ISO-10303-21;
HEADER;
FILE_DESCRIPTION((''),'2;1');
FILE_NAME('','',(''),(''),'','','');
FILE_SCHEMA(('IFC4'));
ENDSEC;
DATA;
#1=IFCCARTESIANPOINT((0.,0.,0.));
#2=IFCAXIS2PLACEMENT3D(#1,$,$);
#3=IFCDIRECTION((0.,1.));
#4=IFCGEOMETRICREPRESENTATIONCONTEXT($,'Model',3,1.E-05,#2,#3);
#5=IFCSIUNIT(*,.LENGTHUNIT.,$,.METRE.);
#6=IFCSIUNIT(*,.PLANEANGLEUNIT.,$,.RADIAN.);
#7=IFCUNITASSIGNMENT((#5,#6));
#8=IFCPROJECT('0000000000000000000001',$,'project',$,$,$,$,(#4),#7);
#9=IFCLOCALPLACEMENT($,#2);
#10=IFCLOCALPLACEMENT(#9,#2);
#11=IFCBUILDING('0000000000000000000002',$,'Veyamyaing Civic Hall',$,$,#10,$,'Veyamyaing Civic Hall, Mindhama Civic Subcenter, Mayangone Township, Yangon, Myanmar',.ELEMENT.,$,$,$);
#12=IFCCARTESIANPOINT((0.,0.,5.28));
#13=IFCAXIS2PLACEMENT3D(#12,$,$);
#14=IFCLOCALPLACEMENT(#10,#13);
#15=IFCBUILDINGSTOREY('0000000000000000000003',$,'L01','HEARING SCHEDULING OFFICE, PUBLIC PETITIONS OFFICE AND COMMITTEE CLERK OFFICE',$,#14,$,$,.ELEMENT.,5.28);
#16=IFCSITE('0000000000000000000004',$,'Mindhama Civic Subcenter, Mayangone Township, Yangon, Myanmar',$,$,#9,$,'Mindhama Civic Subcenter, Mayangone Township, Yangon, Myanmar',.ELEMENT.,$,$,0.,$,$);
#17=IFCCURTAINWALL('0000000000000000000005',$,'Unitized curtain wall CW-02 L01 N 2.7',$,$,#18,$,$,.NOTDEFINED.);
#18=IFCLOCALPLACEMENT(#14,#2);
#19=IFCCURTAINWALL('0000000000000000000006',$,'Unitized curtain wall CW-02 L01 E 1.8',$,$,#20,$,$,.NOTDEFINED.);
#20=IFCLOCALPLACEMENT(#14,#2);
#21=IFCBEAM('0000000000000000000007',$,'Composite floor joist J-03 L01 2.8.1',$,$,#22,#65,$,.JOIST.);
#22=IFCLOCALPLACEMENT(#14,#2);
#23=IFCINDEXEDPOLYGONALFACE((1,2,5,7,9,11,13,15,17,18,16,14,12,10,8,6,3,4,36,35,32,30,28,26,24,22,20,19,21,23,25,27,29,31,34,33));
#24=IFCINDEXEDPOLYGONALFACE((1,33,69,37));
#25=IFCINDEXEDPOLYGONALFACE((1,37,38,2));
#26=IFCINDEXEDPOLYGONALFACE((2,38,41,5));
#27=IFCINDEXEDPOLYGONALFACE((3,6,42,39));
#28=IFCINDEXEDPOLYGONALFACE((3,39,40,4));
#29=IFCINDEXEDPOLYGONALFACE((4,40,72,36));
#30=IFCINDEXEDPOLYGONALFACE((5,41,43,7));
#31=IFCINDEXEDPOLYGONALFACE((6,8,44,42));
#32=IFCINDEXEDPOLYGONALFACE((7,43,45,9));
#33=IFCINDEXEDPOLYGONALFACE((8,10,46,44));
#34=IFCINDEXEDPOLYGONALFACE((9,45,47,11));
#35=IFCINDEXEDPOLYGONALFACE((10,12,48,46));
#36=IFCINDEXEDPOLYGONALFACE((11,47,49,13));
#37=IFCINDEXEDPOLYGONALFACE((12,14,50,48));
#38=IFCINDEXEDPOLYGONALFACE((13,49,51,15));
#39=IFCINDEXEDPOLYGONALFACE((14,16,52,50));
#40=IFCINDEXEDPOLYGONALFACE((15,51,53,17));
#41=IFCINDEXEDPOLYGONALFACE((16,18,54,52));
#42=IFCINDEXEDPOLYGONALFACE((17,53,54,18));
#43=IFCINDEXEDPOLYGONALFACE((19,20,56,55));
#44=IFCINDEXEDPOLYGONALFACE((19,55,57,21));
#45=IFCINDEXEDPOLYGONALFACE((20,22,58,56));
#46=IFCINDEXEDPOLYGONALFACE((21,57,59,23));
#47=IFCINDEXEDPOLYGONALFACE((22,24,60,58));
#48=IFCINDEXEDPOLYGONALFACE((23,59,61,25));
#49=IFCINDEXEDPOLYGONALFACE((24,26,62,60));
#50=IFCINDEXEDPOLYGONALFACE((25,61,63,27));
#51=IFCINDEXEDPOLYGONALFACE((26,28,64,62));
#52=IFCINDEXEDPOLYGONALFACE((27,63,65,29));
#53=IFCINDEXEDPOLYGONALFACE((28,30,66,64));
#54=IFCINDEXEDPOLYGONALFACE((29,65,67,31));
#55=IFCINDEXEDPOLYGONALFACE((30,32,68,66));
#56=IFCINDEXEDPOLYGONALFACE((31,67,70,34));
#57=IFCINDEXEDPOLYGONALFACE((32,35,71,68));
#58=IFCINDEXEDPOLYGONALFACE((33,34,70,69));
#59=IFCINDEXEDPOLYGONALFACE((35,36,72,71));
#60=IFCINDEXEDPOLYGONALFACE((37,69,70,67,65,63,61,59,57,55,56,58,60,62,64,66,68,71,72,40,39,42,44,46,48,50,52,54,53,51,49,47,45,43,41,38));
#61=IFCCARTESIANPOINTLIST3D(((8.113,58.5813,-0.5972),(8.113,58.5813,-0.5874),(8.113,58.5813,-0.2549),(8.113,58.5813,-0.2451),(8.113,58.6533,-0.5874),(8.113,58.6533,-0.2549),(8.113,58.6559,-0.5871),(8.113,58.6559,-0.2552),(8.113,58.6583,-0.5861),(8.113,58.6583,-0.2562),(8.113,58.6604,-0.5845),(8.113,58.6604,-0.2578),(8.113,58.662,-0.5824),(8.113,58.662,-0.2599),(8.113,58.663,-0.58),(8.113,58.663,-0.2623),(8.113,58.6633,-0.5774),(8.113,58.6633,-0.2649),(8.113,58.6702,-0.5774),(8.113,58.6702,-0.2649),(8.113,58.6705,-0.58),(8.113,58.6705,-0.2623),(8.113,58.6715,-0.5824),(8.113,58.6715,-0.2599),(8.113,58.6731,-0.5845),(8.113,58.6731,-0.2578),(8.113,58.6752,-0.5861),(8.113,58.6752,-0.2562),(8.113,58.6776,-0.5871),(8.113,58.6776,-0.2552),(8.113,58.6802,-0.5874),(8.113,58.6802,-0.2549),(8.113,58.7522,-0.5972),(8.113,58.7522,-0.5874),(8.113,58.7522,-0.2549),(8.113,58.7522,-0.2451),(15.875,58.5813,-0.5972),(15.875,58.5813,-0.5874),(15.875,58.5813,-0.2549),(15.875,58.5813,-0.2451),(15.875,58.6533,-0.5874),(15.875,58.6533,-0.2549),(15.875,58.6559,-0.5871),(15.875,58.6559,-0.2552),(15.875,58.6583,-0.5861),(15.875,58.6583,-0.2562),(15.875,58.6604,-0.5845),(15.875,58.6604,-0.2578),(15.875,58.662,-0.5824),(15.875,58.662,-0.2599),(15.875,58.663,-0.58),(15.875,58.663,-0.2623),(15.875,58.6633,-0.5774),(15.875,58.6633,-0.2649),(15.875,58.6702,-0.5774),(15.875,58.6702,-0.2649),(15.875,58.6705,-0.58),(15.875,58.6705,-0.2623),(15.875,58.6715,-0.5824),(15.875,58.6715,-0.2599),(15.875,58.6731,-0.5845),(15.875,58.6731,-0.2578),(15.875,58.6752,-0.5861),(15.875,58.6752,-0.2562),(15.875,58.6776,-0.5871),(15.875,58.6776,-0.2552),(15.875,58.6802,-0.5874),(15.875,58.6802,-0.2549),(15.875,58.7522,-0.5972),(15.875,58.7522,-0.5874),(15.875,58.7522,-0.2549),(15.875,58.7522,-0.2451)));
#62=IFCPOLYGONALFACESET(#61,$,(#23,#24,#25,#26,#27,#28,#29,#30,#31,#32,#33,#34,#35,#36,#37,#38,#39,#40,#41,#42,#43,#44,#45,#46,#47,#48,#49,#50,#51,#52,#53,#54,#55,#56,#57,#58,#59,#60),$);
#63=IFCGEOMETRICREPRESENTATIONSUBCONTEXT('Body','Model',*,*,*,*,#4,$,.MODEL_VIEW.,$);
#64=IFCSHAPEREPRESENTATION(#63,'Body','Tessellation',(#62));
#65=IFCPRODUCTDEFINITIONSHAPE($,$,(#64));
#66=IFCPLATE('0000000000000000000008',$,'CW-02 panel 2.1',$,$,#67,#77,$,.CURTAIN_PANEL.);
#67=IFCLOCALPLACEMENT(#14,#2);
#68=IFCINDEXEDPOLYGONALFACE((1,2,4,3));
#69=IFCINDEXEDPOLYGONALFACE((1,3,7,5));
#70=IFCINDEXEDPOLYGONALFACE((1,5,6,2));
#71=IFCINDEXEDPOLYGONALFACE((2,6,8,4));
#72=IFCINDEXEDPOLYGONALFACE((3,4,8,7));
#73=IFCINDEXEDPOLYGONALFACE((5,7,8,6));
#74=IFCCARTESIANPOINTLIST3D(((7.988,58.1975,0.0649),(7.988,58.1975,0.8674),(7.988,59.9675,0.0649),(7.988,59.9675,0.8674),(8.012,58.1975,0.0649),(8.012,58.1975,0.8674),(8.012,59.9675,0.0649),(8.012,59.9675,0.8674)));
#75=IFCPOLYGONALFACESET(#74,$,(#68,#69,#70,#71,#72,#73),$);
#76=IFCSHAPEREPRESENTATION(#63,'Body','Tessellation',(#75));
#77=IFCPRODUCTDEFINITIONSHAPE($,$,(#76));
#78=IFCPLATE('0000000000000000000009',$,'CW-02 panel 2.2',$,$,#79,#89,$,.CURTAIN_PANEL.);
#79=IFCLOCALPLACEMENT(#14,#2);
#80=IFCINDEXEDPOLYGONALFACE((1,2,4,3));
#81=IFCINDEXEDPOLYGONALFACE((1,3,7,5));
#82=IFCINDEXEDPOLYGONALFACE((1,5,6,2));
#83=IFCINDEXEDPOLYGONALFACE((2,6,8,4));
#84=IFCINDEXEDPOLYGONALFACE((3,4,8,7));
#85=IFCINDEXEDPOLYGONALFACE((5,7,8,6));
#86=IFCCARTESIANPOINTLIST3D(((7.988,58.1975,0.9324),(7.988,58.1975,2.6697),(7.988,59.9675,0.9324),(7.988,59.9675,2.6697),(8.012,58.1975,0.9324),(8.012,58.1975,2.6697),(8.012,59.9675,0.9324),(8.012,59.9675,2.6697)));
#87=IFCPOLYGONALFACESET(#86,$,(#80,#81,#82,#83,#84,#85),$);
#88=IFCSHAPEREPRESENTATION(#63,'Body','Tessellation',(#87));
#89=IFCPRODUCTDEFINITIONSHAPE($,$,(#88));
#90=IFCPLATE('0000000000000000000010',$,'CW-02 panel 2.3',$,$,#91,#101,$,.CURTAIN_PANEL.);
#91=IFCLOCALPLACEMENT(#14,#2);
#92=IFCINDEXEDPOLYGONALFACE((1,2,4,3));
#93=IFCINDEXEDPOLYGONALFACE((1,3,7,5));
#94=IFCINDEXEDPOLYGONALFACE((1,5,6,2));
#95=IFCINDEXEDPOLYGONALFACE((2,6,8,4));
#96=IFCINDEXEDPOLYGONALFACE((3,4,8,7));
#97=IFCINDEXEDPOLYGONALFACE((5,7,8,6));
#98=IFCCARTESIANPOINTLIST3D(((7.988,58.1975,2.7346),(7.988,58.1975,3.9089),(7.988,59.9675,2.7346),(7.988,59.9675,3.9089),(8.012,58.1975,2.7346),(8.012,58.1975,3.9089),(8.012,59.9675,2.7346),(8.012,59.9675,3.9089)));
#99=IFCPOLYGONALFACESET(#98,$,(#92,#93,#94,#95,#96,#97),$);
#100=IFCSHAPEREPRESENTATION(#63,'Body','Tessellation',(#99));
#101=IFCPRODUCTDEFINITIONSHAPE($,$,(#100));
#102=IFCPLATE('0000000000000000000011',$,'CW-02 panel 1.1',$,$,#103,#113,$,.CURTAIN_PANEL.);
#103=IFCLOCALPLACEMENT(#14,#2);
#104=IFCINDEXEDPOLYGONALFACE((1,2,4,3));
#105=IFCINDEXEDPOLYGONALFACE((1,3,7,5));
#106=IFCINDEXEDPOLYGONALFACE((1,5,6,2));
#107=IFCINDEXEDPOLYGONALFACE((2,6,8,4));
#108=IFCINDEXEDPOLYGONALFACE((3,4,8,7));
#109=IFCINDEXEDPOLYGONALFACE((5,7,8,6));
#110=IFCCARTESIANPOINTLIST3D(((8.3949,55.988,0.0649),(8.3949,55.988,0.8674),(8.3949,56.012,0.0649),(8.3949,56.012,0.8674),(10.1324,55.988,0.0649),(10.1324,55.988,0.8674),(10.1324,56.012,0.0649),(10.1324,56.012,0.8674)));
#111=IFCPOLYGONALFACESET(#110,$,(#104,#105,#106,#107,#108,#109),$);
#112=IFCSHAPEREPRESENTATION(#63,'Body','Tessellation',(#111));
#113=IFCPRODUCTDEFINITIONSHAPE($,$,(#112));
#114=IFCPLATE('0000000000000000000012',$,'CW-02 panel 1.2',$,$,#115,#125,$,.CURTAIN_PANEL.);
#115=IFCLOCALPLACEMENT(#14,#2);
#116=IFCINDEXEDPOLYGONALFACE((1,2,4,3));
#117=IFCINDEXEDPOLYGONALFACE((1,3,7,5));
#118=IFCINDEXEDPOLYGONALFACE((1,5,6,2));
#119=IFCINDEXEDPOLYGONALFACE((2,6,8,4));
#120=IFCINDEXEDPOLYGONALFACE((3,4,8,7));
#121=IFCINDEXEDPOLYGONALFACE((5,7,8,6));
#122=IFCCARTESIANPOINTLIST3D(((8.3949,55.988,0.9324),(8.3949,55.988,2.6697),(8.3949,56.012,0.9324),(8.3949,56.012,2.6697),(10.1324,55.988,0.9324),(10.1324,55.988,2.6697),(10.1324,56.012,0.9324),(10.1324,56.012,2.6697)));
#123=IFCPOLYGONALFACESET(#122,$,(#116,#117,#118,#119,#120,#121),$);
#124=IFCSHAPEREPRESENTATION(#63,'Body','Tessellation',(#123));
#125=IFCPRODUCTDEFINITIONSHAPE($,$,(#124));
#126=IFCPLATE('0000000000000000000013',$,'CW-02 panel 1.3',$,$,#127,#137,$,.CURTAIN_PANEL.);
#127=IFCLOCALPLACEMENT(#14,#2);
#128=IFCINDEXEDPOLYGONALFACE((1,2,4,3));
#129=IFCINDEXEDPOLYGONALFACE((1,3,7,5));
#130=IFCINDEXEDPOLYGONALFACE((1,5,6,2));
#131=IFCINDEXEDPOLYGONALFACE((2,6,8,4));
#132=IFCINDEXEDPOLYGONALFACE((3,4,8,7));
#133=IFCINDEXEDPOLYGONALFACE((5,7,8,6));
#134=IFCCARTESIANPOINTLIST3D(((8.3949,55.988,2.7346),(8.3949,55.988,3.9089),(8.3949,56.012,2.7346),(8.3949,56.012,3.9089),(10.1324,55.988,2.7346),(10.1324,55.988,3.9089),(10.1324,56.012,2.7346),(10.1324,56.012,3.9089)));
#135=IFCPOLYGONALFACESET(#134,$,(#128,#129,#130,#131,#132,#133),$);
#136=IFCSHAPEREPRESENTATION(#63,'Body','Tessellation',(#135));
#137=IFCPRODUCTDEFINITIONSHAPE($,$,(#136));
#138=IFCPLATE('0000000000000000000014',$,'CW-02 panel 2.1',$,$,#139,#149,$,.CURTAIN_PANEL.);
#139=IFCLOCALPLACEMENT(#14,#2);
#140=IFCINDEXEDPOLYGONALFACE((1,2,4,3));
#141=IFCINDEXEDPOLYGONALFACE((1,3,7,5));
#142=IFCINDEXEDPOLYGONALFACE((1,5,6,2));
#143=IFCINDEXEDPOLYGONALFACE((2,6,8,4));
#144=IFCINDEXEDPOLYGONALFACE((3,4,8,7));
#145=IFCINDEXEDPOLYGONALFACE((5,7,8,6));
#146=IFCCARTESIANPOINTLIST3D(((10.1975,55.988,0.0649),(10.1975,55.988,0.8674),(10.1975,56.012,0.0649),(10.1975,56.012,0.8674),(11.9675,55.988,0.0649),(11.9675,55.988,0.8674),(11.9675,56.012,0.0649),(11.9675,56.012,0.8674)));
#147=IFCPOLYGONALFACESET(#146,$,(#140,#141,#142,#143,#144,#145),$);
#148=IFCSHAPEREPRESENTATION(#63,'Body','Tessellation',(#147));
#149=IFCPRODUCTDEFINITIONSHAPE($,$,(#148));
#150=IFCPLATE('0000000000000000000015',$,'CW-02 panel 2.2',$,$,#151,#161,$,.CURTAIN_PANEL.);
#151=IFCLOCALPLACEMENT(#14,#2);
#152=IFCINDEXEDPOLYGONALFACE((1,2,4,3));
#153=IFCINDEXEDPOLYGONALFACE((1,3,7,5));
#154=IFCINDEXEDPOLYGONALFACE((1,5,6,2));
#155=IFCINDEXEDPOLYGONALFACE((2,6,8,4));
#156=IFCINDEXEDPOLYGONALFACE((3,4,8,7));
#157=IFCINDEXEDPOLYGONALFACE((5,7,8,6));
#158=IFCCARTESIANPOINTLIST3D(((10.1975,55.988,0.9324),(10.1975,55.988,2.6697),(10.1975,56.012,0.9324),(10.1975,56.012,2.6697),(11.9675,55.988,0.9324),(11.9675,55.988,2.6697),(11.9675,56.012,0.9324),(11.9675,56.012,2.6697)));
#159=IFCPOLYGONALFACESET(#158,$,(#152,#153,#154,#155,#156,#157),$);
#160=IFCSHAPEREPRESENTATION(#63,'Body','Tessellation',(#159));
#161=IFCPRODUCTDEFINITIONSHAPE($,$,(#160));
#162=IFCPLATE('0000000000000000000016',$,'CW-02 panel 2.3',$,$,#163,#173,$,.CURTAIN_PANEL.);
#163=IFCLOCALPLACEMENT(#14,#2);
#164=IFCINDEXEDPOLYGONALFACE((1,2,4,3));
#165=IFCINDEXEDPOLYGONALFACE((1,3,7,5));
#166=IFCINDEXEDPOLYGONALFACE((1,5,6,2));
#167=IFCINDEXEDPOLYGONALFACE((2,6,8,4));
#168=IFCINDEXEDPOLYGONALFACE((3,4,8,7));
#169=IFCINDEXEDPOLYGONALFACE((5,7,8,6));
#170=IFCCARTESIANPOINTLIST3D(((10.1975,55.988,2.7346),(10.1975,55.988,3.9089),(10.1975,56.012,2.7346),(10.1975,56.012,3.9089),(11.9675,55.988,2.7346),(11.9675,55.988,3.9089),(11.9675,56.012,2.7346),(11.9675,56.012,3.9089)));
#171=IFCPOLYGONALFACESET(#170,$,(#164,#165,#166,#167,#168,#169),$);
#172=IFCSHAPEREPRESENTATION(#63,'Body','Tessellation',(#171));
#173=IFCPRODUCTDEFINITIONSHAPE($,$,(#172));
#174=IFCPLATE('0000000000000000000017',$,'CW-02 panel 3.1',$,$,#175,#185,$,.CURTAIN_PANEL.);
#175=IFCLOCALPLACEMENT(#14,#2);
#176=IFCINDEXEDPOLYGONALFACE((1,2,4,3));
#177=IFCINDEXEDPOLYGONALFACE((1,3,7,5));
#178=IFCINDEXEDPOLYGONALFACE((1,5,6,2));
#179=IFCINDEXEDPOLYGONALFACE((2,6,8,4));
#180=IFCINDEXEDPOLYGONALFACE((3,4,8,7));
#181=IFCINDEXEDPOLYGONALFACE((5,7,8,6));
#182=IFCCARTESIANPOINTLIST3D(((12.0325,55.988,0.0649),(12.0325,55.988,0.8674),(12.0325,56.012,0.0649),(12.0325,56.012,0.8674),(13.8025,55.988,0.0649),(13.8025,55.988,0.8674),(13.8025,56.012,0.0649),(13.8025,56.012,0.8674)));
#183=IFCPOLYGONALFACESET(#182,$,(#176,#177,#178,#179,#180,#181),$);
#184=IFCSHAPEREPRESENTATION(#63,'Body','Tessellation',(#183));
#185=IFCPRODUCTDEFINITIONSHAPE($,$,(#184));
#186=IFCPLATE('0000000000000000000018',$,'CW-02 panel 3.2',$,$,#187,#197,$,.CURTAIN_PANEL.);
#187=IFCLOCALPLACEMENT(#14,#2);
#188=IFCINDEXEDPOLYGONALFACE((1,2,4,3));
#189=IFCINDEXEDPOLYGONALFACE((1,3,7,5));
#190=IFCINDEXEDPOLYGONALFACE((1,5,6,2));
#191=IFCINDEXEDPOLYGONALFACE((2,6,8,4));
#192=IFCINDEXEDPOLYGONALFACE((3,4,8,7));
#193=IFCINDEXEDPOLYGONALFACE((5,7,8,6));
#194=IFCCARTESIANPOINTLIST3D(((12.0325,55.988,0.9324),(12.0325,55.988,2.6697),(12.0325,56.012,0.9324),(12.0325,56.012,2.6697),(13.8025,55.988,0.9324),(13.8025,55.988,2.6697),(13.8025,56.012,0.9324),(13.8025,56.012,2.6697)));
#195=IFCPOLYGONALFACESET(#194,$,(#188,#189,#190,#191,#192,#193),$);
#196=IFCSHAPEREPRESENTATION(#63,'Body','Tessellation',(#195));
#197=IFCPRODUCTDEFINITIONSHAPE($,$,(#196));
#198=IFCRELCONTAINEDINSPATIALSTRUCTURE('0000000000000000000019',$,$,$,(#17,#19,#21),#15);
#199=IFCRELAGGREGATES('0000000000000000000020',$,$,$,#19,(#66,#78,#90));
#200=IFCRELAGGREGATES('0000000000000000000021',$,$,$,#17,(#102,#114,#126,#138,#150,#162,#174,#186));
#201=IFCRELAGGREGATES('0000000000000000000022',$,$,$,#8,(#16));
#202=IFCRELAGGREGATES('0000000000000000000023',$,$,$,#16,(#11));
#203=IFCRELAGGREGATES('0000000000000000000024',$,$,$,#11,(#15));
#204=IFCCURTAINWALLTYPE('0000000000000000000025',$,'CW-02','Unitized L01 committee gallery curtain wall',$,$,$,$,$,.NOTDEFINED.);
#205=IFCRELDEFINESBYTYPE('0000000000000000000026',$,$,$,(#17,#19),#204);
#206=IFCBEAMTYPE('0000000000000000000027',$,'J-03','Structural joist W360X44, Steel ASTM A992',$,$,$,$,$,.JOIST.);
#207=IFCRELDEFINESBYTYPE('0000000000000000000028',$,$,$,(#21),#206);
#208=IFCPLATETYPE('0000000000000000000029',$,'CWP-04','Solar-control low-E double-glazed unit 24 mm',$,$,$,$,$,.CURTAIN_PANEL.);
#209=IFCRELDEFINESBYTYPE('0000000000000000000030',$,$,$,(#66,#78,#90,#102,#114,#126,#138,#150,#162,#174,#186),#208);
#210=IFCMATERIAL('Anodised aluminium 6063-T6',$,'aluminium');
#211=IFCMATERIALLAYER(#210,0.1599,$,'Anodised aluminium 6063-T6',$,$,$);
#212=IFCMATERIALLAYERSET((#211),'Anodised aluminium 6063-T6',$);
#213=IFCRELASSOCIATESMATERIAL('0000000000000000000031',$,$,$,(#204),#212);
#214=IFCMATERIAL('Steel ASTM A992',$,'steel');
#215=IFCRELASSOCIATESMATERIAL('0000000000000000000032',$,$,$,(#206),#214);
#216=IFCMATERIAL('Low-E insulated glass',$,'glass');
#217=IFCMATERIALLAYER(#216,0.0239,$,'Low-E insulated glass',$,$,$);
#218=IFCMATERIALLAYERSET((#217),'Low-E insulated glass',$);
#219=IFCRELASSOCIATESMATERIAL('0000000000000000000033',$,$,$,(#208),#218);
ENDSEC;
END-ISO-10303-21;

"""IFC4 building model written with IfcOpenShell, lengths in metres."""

from ifc_helpers import new_model, si_unit, direction, frame, origin, origin_2d, place, context, subcontext, project, spatial, rectangle, i_section, extrude, material, layer, layer_set, material_profile, profile_set, type_object, element, aggregate, save


model = new_model("IFC4")

# Units and contexts
model_context = context("Model", 3, precision=1e-05, world=origin(), true_north=direction((0.0, 1.0)))
body_context = subcontext(model_context, "Body", "Model", "MODEL_VIEW")
ifc_project = project(units=[si_unit("LENGTHUNIT", "METRE"), si_unit("PLANEANGLEUNIT", "RADIAN")], contexts=[model_context])

# Site, building, storey
site_placement = place(None, origin())
site = spatial("IfcSite", under=ifc_project, at=site_placement, Name="Mindhama Civic Subcenter, Mayangone Township, Yangon, Myanmar", LongName="Mindhama Civic Subcenter, Mayangone Township, Yangon, Myanmar", CompositionType="ELEMENT", RefElevation=0.0)
building_placement = place(site_placement, origin())
building = spatial("IfcBuilding", under=site, at=building_placement, Name="Veyamyaing Civic Hall", LongName="Veyamyaing Civic Hall, Mindhama Civic Subcenter, Mayangone Township, Yangon, Myanmar", CompositionType="ELEMENT")
storey_placement = place(building_placement, frame((0.0, 0.0, 5.28)))
storey = spatial("IfcBuildingStorey", under=building, at=storey_placement, Name="L01", Description="HEARING SCHEDULING OFFICE, PUBLIC PETITIONS OFFICE AND COMMITTEE CLERK OFFICE", CompositionType="ELEMENT", Elevation=5.28)

# Shared definitions
ifc_material_1 = material(Name="Steel ASTM A992", Category="steel")

# Curtain walls
ifc_material_2 = material(Name="Anodised aluminium 6063-T6", Category="aluminium")
ifc_layer_1 = layer(ifc_material_2, 0.1599, Name="Anodised aluminium 6063-T6")
ifc_layer_set_1 = layer_set([ifc_layer_1], Name="Anodised aluminium 6063-T6")
curtain_wall_type = type_object("IfcCurtainWallType", Name="CW-02", Description="Unitized L01 committee gallery curtain wall", PredefinedType="NOTDEFINED", material=ifc_layer_set_1)
curtain_wall_1_placement = place(storey_placement, origin())
curtain_wall_1 = element("IfcCurtainWall", 1, at=curtain_wall_1_placement, inside=storey, type_object=curtain_wall_type, Name="Unitized curtain wall CW-02 L01 N 2.7", PredefinedType="NOTDEFINED")
curtain_wall_2_placement = place(storey_placement, origin())
curtain_wall_2 = element("IfcCurtainWall", 2, at=curtain_wall_2_placement, inside=storey, type_object=curtain_wall_type, Name="Unitized curtain wall CW-02 L01 E 1.8", PredefinedType="NOTDEFINED")

# Beam
ifc_material_profile_1 = material_profile(ifc_material_1, i_section(OverallWidth=0.1709, OverallDepth=0.3521, WebThickness=0.0068, FlangeThickness=0.0098, FilletRadius=0.01, at=origin_2d()), Name="W360X44")
ifc_profile_set_1 = profile_set([ifc_material_profile_1], Name="Steel ASTM A992")
beam_type_1 = type_object("IfcBeamType", Name="J-03", Description="Structural joist W360X44, Steel ASTM A992", PredefinedType="JOIST", material=ifc_profile_set_1)
beam_1_placement = place(storey_placement, frame((8.113, 58.6667, -0.4211), z_axis=(1.0, 0.0, 0.0), x_axis=(0.0, 1.0, 0.0)))
element("IfcBeam", 3, at=beam_1_placement, inside=storey, type_object=beam_type_1, Name="Composite floor joist J-03 L01 2.8.1", PredefinedType="JOIST", context=body_context, shape_type="SweptSolid", body=[
    extrude(i_section(OverallWidth=0.1709, OverallDepth=0.3521, WebThickness=0.0068, FlangeThickness=0.0098, FilletRadius=0.01, at=origin_2d()), origin(), (0.0, 0.0, 1.0), 7.762),
])

# Plates
ifc_material_3 = material(Name="Low-E insulated glass", Category="glass")
ifc_layer_2 = layer(ifc_material_3, 0.0239, Name="Low-E insulated glass")
ifc_layer_set_2 = layer_set([ifc_layer_2], Name="Low-E insulated glass")
plate_type = type_object("IfcPlateType", Name="CWP-04", Description="Solar-control low-E double-glazed unit 24 mm", PredefinedType="CURTAIN_PANEL", material=ifc_layer_set_2)
plate_1_placement = place(storey_placement, frame((8.0, 59.0825, 0.0649), z_axis=(0.0, 0.0, 1.0), x_axis=(0.0, 1.0, 0.0)))
plate_1 = element("IfcPlate", 4, at=plate_1_placement, type_object=plate_type, Name="CW-02 panel 2.1", PredefinedType="CURTAIN_PANEL", context=body_context, shape_type="SweptSolid", body=[
    extrude(rectangle(XDim=1.77, YDim=0.0239, at=origin_2d()), origin(), (0.0, 0.0, 1.0), 0.8025),
])
plate_2_placement = place(storey_placement, frame((8.0, 59.0825, 0.9324), z_axis=(0.0, 0.0, 1.0), x_axis=(0.0, 1.0, 0.0)))
plate_2 = element("IfcPlate", 5, at=plate_2_placement, type_object=plate_type, Name="CW-02 panel 2.2", PredefinedType="CURTAIN_PANEL", context=body_context, shape_type="SweptSolid", body=[
    extrude(rectangle(XDim=1.77, YDim=0.0239, at=origin_2d()), origin(), (0.0, 0.0, 1.0), 1.7373),
])
plate_3_placement = place(storey_placement, frame((8.0, 59.0825, 2.7346), z_axis=(0.0, 0.0, 1.0), x_axis=(0.0, 1.0, 0.0)))
plate_3 = element("IfcPlate", 6, at=plate_3_placement, type_object=plate_type, Name="CW-02 panel 2.3", PredefinedType="CURTAIN_PANEL", context=body_context, shape_type="SweptSolid", body=[
    extrude(rectangle(XDim=1.77, YDim=0.0239, at=origin_2d()), origin(), (0.0, 0.0, 1.0), 1.1743),
])
aggregate(curtain_wall_2, [plate_1, plate_2, plate_3])
plate_4_placement = place(storey_placement, frame((9.2637, 56.0, 0.0649), z_axis=(0.0, 0.0, 1.0), x_axis=(1.0, 0.0, 0.0)))
plate_4 = element("IfcPlate", 7, at=plate_4_placement, type_object=plate_type, Name="CW-02 panel 1.1", PredefinedType="CURTAIN_PANEL", context=body_context, shape_type="SweptSolid", body=[
    extrude(rectangle(XDim=1.7375, YDim=0.0239, at=origin_2d()), origin(), (0.0, 0.0, 1.0), 0.8025),
])
plate_5_placement = place(storey_placement, frame((9.2637, 56.0, 0.9324), z_axis=(0.0, 0.0, 1.0), x_axis=(1.0, 0.0, 0.0)))
plate_5 = element("IfcPlate", 8, at=plate_5_placement, type_object=plate_type, Name="CW-02 panel 1.2", PredefinedType="CURTAIN_PANEL", context=body_context, shape_type="SweptSolid", body=[
    extrude(rectangle(XDim=1.7375, YDim=0.0239, at=origin_2d()), origin(), (0.0, 0.0, 1.0), 1.7373),
])
plate_6_placement = place(storey_placement, frame((9.2637, 56.0, 2.7346), z_axis=(0.0, 0.0, 1.0), x_axis=(1.0, 0.0, 0.0)))
plate_6 = element("IfcPlate", 9, at=plate_6_placement, type_object=plate_type, Name="CW-02 panel 1.3", PredefinedType="CURTAIN_PANEL", context=body_context, shape_type="SweptSolid", body=[
    extrude(rectangle(XDim=1.7375, YDim=0.0239, at=origin_2d()), origin(), (0.0, 0.0, 1.0), 1.1743),
])
plate_7_placement = place(storey_placement, frame((11.0825, 56.0, 0.0649), z_axis=(0.0, 0.0, 1.0), x_axis=(1.0, 0.0, 0.0)))
plate_7 = element("IfcPlate", 10, at=plate_7_placement, type_object=plate_type, Name="CW-02 panel 2.1", PredefinedType="CURTAIN_PANEL", context=body_context, shape_type="SweptSolid", body=[
    extrude(rectangle(XDim=1.77, YDim=0.0239, at=origin_2d()), origin(), (0.0, 0.0, 1.0), 0.8025),
])
plate_8_placement = place(storey_placement, frame((11.0825, 56.0, 0.9324), z_axis=(0.0, 0.0, 1.0), x_axis=(1.0, 0.0, 0.0)))
plate_8 = element("IfcPlate", 11, at=plate_8_placement, type_object=plate_type, Name="CW-02 panel 2.2", PredefinedType="CURTAIN_PANEL", context=body_context, shape_type="SweptSolid", body=[
    extrude(rectangle(XDim=1.77, YDim=0.0239, at=origin_2d()), origin(), (0.0, 0.0, 1.0), 1.7373),
])
plate_9_placement = place(storey_placement, frame((11.0825, 56.0, 2.7346), z_axis=(0.0, 0.0, 1.0), x_axis=(1.0, 0.0, 0.0)))
plate_9 = element("IfcPlate", 12, at=plate_9_placement, type_object=plate_type, Name="CW-02 panel 2.3", PredefinedType="CURTAIN_PANEL", context=body_context, shape_type="SweptSolid", body=[
    extrude(rectangle(XDim=1.77, YDim=0.0239, at=origin_2d()), origin(), (0.0, 0.0, 1.0), 1.1743),
])
plate_10_placement = place(storey_placement, frame((12.9175, 56.0, 0.0649), z_axis=(0.0, 0.0, 1.0), x_axis=(1.0, 0.0, 0.0)))
plate_10 = element("IfcPlate", 13, at=plate_10_placement, type_object=plate_type, Name="CW-02 panel 3.1", PredefinedType="CURTAIN_PANEL", context=body_context, shape_type="SweptSolid", body=[
    extrude(rectangle(XDim=1.77, YDim=0.0239, at=origin_2d()), origin(), (0.0, 0.0, 1.0), 0.8025),
])
plate_11_placement = place(storey_placement, frame((12.9175, 56.0, 0.9324), z_axis=(0.0, 0.0, 1.0), x_axis=(1.0, 0.0, 0.0)))
plate_11 = element("IfcPlate", 14, at=plate_11_placement, type_object=plate_type, Name="CW-02 panel 3.2", PredefinedType="CURTAIN_PANEL", context=body_context, shape_type="SweptSolid", body=[
    extrude(rectangle(XDim=1.77, YDim=0.0239, at=origin_2d()), origin(), (0.0, 0.0, 1.0), 1.7373),
])
aggregate(curtain_wall_1, [plate_4, plate_5, plate_6, plate_7, plate_8, plate_9, plate_10, plate_11])

save(model, "model.ifc")
